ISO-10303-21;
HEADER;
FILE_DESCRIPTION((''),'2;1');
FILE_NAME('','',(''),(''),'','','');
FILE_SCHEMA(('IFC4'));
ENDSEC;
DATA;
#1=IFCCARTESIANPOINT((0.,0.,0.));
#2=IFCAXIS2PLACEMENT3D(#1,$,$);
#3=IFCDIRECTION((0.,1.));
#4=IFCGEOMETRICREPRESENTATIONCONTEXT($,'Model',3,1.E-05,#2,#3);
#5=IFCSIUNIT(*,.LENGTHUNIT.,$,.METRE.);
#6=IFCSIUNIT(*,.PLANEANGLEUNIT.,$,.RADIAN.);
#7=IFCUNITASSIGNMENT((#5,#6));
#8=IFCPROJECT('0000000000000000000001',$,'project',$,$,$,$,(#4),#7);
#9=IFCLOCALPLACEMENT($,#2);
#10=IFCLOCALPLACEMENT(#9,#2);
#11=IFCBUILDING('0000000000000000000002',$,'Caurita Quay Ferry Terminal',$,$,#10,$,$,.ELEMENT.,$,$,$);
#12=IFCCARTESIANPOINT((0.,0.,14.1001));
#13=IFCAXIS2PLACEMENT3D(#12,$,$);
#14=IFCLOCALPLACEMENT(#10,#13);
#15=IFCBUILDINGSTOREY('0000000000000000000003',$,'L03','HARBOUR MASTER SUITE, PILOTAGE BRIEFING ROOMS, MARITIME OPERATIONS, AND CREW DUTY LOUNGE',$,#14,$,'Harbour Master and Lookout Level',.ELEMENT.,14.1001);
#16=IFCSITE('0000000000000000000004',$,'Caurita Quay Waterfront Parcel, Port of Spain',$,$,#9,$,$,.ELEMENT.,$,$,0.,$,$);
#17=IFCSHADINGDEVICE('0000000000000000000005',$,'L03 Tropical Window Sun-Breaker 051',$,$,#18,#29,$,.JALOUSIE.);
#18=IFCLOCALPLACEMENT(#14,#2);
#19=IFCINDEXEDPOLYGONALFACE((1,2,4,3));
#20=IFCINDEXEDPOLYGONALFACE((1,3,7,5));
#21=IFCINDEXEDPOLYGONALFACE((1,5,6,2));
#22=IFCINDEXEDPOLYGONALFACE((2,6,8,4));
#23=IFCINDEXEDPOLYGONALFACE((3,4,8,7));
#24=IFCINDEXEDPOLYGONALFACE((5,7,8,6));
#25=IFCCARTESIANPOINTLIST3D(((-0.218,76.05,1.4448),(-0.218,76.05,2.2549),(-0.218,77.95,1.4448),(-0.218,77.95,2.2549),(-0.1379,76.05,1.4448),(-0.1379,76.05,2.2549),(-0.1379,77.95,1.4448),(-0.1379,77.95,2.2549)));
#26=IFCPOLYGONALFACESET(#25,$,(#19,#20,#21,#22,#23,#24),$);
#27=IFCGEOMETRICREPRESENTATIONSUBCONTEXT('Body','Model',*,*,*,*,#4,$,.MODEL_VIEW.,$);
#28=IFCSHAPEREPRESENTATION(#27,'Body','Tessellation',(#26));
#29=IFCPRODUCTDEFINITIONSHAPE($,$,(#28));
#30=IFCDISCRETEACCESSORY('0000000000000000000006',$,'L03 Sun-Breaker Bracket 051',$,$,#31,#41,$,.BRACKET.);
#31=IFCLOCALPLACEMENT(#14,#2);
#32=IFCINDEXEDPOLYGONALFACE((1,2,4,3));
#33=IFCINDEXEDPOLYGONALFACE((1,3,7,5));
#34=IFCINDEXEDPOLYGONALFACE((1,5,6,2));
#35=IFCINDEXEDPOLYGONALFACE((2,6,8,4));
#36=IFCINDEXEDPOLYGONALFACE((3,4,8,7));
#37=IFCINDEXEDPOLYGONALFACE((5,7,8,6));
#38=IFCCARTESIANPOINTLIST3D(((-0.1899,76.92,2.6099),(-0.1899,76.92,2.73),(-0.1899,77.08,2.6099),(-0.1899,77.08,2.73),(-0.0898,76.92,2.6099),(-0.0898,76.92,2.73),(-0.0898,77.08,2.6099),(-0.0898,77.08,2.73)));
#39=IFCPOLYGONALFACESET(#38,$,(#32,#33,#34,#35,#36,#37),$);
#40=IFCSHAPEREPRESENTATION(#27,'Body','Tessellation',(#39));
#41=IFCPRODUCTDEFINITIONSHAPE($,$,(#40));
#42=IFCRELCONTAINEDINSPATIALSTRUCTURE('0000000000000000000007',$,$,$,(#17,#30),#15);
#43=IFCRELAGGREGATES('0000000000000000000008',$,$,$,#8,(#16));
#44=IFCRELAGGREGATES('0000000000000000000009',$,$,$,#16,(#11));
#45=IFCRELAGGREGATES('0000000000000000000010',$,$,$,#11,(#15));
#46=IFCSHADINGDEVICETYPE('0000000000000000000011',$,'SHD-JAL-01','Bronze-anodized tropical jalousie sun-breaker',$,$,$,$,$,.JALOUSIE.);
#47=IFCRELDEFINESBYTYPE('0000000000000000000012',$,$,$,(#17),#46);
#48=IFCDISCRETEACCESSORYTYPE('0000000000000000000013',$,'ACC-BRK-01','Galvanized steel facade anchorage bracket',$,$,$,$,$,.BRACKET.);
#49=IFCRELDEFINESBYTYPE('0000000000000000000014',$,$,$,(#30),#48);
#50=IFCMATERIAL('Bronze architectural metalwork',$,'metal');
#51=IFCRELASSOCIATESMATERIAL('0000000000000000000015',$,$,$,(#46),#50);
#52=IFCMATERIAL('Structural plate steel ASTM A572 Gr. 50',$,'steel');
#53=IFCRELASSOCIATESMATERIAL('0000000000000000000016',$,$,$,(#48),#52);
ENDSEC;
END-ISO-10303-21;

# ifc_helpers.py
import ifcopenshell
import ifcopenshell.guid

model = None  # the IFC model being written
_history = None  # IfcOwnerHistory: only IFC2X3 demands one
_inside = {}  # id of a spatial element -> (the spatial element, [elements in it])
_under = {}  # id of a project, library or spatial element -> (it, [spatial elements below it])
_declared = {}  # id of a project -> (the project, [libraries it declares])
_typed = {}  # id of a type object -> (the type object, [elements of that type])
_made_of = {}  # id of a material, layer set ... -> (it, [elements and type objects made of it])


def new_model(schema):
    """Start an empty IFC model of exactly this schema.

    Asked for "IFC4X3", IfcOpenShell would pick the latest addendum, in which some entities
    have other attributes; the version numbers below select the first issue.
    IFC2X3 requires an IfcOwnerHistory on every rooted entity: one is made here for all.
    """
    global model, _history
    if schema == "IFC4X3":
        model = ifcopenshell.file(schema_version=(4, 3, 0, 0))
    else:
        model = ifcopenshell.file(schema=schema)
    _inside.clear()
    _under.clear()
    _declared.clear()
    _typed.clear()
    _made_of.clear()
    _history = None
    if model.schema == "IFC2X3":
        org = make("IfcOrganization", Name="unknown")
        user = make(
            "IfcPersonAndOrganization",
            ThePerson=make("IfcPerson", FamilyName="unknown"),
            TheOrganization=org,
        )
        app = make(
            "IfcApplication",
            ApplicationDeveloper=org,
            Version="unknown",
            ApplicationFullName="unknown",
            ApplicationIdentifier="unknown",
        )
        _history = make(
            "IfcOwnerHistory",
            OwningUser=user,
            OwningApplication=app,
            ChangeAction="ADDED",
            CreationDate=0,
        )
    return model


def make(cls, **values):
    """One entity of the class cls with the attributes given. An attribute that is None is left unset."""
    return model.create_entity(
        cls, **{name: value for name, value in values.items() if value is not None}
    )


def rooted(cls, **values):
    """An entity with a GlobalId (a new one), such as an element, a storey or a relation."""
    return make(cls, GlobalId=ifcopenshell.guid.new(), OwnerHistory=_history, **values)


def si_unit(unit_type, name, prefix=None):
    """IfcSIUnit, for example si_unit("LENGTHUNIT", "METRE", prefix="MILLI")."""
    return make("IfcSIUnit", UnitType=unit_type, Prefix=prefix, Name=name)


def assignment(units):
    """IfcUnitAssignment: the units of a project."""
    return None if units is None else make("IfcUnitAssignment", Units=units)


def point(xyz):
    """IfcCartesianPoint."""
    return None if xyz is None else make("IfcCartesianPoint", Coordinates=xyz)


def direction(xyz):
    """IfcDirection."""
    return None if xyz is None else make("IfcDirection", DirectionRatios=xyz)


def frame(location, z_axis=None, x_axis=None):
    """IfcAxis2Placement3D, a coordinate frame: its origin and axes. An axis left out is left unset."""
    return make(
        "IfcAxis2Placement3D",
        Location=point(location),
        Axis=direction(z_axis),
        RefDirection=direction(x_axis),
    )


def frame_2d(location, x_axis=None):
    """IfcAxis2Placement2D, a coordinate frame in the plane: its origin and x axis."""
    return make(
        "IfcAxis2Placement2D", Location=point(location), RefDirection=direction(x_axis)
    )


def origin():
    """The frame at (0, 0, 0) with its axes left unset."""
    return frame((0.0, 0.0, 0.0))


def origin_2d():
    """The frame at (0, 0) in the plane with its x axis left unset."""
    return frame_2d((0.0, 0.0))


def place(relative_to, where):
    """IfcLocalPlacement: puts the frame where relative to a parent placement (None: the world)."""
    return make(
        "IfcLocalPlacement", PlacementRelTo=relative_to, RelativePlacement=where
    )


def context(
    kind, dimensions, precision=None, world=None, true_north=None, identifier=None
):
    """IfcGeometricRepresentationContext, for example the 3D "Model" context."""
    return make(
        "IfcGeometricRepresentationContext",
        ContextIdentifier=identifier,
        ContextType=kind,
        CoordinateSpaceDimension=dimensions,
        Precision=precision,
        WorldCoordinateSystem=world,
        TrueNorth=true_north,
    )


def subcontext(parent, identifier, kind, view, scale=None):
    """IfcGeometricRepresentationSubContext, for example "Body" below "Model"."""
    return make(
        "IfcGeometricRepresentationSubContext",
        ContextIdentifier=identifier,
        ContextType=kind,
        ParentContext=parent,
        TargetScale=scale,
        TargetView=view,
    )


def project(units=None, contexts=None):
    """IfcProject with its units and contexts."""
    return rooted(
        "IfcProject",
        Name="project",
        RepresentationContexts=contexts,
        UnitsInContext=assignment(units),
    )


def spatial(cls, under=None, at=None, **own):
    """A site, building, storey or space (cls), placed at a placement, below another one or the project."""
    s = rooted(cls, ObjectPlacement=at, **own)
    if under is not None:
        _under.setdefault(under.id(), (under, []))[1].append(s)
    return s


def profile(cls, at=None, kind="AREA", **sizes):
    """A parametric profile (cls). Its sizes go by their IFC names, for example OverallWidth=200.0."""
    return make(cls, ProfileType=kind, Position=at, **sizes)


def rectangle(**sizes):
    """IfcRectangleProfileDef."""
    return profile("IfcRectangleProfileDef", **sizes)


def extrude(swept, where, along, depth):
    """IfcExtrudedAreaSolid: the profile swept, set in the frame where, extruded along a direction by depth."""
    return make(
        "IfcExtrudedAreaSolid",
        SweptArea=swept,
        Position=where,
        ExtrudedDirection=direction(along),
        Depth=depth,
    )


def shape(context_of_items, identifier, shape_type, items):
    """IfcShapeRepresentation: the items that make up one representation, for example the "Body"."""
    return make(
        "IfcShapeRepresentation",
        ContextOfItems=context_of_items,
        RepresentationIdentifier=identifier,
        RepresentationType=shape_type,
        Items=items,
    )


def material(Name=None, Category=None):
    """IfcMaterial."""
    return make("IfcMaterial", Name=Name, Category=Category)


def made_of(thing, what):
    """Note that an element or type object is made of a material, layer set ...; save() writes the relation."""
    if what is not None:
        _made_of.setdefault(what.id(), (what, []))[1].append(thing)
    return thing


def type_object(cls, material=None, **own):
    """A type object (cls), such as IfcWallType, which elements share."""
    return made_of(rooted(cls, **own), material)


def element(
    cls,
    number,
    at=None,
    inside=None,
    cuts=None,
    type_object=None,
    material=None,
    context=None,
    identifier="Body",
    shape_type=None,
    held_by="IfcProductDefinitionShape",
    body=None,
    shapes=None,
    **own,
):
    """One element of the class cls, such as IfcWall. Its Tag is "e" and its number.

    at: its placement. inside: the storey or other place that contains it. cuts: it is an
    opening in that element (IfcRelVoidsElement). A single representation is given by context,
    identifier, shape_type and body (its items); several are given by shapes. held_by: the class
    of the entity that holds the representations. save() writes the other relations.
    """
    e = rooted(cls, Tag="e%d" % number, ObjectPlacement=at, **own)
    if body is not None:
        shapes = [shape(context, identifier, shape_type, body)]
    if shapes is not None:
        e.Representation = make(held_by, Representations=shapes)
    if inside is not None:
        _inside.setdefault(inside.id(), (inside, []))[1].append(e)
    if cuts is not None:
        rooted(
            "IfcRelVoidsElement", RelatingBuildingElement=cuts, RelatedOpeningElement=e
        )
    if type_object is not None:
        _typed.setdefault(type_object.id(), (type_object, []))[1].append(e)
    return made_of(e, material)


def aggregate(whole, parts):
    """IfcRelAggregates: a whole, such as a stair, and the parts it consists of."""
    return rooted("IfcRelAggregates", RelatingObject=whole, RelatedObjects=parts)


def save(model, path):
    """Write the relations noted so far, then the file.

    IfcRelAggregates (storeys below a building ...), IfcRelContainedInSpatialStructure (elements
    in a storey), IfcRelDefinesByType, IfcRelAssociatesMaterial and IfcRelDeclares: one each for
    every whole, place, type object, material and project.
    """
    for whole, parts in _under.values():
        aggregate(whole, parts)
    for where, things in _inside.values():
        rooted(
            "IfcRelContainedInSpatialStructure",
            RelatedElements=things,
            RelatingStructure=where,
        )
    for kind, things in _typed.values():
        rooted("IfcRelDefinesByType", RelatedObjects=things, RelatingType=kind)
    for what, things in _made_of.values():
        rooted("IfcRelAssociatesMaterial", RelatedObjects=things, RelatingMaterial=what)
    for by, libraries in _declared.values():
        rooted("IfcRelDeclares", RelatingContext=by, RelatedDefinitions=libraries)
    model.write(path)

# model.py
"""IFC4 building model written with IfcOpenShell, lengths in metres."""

from ifc_helpers import new_model, si_unit, direction, frame, origin, origin_2d, place, context, subcontext, project, spatial, rectangle, extrude, material, type_object, element, save


model = new_model("IFC4")

# Units and contexts
model_context = context("Model", 3, precision=1e-05, world=origin(), true_north=direction((0.0, 1.0)))
body_context = subcontext(model_context, "Body", "Model", "MODEL_VIEW")
ifc_project = project(units=[si_unit("LENGTHUNIT", "METRE"), si_unit("PLANEANGLEUNIT", "RADIAN")], contexts=[model_context])

# Site, building, storey
site_placement = place(None, origin())
site = spatial("IfcSite", under=ifc_project, at=site_placement, Name="Caurita Quay Waterfront Parcel, Port of Spain", CompositionType="ELEMENT", RefElevation=0.0)
building_placement = place(site_placement, origin())
building = spatial("IfcBuilding", under=site, at=building_placement, Name="Caurita Quay Ferry Terminal", CompositionType="ELEMENT")
storey_placement = place(building_placement, frame((0.0, 0.0, 14.1001)))
storey = spatial("IfcBuildingStorey", under=building, at=storey_placement, Name="L03", Description="HARBOUR MASTER SUITE, PILOTAGE BRIEFING ROOMS, MARITIME OPERATIONS, AND CREW DUTY LOUNGE", LongName="Harbour Master and Lookout Level", CompositionType="ELEMENT", Elevation=14.1001)

# Shared definitions
ifc_material_1 = material(Name="Bronze architectural metalwork", Category="metal")

# Shading device
shading_device_type = type_object("IfcShadingDeviceType", Name="SHD-JAL-01", Description="Bronze-anodized tropical jalousie sun-breaker", PredefinedType="JALOUSIE", material=ifc_material_1)
shading_device_placement = place(storey_placement, frame((-0.178, 77.0, 1.4448), z_axis=(0.0, 0.0, 1.0), x_axis=(0.0, -1.0, 0.0)))
element("IfcShadingDevice", 1, at=shading_device_placement, inside=storey, type_object=shading_device_type, Name="L03 Tropical Window Sun-Breaker 051", PredefinedType="JALOUSIE", context=body_context, shape_type="SweptSolid", body=[
    extrude(rectangle(XDim=1.8999, YDim=0.0801, at=origin_2d()), origin(), (0.0, 0.0, 1.0), 0.8101),
])

# Discrete accessory
ifc_material_2 = material(Name="Structural plate steel ASTM A572 Gr. 50", Category="steel")
discrete_accessory_type = type_object("IfcDiscreteAccessoryType", Name="ACC-BRK-01", Description="Galvanized steel facade anchorage bracket", PredefinedType="BRACKET", material=ifc_material_2)
discrete_accessory_placement = place(storey_placement, frame((-0.1399, 77.0, 2.6099), z_axis=(0.0, 0.0, 1.0), x_axis=(0.0, -1.0, 0.0)))
element("IfcDiscreteAccessory", 2, at=discrete_accessory_placement, inside=storey, type_object=discrete_accessory_type, Name="L03 Sun-Breaker Bracket 051", PredefinedType="BRACKET", context=body_context, shape_type="SweptSolid", body=[
    extrude(rectangle(XDim=0.1599, YDim=0.1001, at=origin_2d()), origin(), (0.0, 0.0, 1.0), 0.1201),
])

save(model, "model.ifc")
